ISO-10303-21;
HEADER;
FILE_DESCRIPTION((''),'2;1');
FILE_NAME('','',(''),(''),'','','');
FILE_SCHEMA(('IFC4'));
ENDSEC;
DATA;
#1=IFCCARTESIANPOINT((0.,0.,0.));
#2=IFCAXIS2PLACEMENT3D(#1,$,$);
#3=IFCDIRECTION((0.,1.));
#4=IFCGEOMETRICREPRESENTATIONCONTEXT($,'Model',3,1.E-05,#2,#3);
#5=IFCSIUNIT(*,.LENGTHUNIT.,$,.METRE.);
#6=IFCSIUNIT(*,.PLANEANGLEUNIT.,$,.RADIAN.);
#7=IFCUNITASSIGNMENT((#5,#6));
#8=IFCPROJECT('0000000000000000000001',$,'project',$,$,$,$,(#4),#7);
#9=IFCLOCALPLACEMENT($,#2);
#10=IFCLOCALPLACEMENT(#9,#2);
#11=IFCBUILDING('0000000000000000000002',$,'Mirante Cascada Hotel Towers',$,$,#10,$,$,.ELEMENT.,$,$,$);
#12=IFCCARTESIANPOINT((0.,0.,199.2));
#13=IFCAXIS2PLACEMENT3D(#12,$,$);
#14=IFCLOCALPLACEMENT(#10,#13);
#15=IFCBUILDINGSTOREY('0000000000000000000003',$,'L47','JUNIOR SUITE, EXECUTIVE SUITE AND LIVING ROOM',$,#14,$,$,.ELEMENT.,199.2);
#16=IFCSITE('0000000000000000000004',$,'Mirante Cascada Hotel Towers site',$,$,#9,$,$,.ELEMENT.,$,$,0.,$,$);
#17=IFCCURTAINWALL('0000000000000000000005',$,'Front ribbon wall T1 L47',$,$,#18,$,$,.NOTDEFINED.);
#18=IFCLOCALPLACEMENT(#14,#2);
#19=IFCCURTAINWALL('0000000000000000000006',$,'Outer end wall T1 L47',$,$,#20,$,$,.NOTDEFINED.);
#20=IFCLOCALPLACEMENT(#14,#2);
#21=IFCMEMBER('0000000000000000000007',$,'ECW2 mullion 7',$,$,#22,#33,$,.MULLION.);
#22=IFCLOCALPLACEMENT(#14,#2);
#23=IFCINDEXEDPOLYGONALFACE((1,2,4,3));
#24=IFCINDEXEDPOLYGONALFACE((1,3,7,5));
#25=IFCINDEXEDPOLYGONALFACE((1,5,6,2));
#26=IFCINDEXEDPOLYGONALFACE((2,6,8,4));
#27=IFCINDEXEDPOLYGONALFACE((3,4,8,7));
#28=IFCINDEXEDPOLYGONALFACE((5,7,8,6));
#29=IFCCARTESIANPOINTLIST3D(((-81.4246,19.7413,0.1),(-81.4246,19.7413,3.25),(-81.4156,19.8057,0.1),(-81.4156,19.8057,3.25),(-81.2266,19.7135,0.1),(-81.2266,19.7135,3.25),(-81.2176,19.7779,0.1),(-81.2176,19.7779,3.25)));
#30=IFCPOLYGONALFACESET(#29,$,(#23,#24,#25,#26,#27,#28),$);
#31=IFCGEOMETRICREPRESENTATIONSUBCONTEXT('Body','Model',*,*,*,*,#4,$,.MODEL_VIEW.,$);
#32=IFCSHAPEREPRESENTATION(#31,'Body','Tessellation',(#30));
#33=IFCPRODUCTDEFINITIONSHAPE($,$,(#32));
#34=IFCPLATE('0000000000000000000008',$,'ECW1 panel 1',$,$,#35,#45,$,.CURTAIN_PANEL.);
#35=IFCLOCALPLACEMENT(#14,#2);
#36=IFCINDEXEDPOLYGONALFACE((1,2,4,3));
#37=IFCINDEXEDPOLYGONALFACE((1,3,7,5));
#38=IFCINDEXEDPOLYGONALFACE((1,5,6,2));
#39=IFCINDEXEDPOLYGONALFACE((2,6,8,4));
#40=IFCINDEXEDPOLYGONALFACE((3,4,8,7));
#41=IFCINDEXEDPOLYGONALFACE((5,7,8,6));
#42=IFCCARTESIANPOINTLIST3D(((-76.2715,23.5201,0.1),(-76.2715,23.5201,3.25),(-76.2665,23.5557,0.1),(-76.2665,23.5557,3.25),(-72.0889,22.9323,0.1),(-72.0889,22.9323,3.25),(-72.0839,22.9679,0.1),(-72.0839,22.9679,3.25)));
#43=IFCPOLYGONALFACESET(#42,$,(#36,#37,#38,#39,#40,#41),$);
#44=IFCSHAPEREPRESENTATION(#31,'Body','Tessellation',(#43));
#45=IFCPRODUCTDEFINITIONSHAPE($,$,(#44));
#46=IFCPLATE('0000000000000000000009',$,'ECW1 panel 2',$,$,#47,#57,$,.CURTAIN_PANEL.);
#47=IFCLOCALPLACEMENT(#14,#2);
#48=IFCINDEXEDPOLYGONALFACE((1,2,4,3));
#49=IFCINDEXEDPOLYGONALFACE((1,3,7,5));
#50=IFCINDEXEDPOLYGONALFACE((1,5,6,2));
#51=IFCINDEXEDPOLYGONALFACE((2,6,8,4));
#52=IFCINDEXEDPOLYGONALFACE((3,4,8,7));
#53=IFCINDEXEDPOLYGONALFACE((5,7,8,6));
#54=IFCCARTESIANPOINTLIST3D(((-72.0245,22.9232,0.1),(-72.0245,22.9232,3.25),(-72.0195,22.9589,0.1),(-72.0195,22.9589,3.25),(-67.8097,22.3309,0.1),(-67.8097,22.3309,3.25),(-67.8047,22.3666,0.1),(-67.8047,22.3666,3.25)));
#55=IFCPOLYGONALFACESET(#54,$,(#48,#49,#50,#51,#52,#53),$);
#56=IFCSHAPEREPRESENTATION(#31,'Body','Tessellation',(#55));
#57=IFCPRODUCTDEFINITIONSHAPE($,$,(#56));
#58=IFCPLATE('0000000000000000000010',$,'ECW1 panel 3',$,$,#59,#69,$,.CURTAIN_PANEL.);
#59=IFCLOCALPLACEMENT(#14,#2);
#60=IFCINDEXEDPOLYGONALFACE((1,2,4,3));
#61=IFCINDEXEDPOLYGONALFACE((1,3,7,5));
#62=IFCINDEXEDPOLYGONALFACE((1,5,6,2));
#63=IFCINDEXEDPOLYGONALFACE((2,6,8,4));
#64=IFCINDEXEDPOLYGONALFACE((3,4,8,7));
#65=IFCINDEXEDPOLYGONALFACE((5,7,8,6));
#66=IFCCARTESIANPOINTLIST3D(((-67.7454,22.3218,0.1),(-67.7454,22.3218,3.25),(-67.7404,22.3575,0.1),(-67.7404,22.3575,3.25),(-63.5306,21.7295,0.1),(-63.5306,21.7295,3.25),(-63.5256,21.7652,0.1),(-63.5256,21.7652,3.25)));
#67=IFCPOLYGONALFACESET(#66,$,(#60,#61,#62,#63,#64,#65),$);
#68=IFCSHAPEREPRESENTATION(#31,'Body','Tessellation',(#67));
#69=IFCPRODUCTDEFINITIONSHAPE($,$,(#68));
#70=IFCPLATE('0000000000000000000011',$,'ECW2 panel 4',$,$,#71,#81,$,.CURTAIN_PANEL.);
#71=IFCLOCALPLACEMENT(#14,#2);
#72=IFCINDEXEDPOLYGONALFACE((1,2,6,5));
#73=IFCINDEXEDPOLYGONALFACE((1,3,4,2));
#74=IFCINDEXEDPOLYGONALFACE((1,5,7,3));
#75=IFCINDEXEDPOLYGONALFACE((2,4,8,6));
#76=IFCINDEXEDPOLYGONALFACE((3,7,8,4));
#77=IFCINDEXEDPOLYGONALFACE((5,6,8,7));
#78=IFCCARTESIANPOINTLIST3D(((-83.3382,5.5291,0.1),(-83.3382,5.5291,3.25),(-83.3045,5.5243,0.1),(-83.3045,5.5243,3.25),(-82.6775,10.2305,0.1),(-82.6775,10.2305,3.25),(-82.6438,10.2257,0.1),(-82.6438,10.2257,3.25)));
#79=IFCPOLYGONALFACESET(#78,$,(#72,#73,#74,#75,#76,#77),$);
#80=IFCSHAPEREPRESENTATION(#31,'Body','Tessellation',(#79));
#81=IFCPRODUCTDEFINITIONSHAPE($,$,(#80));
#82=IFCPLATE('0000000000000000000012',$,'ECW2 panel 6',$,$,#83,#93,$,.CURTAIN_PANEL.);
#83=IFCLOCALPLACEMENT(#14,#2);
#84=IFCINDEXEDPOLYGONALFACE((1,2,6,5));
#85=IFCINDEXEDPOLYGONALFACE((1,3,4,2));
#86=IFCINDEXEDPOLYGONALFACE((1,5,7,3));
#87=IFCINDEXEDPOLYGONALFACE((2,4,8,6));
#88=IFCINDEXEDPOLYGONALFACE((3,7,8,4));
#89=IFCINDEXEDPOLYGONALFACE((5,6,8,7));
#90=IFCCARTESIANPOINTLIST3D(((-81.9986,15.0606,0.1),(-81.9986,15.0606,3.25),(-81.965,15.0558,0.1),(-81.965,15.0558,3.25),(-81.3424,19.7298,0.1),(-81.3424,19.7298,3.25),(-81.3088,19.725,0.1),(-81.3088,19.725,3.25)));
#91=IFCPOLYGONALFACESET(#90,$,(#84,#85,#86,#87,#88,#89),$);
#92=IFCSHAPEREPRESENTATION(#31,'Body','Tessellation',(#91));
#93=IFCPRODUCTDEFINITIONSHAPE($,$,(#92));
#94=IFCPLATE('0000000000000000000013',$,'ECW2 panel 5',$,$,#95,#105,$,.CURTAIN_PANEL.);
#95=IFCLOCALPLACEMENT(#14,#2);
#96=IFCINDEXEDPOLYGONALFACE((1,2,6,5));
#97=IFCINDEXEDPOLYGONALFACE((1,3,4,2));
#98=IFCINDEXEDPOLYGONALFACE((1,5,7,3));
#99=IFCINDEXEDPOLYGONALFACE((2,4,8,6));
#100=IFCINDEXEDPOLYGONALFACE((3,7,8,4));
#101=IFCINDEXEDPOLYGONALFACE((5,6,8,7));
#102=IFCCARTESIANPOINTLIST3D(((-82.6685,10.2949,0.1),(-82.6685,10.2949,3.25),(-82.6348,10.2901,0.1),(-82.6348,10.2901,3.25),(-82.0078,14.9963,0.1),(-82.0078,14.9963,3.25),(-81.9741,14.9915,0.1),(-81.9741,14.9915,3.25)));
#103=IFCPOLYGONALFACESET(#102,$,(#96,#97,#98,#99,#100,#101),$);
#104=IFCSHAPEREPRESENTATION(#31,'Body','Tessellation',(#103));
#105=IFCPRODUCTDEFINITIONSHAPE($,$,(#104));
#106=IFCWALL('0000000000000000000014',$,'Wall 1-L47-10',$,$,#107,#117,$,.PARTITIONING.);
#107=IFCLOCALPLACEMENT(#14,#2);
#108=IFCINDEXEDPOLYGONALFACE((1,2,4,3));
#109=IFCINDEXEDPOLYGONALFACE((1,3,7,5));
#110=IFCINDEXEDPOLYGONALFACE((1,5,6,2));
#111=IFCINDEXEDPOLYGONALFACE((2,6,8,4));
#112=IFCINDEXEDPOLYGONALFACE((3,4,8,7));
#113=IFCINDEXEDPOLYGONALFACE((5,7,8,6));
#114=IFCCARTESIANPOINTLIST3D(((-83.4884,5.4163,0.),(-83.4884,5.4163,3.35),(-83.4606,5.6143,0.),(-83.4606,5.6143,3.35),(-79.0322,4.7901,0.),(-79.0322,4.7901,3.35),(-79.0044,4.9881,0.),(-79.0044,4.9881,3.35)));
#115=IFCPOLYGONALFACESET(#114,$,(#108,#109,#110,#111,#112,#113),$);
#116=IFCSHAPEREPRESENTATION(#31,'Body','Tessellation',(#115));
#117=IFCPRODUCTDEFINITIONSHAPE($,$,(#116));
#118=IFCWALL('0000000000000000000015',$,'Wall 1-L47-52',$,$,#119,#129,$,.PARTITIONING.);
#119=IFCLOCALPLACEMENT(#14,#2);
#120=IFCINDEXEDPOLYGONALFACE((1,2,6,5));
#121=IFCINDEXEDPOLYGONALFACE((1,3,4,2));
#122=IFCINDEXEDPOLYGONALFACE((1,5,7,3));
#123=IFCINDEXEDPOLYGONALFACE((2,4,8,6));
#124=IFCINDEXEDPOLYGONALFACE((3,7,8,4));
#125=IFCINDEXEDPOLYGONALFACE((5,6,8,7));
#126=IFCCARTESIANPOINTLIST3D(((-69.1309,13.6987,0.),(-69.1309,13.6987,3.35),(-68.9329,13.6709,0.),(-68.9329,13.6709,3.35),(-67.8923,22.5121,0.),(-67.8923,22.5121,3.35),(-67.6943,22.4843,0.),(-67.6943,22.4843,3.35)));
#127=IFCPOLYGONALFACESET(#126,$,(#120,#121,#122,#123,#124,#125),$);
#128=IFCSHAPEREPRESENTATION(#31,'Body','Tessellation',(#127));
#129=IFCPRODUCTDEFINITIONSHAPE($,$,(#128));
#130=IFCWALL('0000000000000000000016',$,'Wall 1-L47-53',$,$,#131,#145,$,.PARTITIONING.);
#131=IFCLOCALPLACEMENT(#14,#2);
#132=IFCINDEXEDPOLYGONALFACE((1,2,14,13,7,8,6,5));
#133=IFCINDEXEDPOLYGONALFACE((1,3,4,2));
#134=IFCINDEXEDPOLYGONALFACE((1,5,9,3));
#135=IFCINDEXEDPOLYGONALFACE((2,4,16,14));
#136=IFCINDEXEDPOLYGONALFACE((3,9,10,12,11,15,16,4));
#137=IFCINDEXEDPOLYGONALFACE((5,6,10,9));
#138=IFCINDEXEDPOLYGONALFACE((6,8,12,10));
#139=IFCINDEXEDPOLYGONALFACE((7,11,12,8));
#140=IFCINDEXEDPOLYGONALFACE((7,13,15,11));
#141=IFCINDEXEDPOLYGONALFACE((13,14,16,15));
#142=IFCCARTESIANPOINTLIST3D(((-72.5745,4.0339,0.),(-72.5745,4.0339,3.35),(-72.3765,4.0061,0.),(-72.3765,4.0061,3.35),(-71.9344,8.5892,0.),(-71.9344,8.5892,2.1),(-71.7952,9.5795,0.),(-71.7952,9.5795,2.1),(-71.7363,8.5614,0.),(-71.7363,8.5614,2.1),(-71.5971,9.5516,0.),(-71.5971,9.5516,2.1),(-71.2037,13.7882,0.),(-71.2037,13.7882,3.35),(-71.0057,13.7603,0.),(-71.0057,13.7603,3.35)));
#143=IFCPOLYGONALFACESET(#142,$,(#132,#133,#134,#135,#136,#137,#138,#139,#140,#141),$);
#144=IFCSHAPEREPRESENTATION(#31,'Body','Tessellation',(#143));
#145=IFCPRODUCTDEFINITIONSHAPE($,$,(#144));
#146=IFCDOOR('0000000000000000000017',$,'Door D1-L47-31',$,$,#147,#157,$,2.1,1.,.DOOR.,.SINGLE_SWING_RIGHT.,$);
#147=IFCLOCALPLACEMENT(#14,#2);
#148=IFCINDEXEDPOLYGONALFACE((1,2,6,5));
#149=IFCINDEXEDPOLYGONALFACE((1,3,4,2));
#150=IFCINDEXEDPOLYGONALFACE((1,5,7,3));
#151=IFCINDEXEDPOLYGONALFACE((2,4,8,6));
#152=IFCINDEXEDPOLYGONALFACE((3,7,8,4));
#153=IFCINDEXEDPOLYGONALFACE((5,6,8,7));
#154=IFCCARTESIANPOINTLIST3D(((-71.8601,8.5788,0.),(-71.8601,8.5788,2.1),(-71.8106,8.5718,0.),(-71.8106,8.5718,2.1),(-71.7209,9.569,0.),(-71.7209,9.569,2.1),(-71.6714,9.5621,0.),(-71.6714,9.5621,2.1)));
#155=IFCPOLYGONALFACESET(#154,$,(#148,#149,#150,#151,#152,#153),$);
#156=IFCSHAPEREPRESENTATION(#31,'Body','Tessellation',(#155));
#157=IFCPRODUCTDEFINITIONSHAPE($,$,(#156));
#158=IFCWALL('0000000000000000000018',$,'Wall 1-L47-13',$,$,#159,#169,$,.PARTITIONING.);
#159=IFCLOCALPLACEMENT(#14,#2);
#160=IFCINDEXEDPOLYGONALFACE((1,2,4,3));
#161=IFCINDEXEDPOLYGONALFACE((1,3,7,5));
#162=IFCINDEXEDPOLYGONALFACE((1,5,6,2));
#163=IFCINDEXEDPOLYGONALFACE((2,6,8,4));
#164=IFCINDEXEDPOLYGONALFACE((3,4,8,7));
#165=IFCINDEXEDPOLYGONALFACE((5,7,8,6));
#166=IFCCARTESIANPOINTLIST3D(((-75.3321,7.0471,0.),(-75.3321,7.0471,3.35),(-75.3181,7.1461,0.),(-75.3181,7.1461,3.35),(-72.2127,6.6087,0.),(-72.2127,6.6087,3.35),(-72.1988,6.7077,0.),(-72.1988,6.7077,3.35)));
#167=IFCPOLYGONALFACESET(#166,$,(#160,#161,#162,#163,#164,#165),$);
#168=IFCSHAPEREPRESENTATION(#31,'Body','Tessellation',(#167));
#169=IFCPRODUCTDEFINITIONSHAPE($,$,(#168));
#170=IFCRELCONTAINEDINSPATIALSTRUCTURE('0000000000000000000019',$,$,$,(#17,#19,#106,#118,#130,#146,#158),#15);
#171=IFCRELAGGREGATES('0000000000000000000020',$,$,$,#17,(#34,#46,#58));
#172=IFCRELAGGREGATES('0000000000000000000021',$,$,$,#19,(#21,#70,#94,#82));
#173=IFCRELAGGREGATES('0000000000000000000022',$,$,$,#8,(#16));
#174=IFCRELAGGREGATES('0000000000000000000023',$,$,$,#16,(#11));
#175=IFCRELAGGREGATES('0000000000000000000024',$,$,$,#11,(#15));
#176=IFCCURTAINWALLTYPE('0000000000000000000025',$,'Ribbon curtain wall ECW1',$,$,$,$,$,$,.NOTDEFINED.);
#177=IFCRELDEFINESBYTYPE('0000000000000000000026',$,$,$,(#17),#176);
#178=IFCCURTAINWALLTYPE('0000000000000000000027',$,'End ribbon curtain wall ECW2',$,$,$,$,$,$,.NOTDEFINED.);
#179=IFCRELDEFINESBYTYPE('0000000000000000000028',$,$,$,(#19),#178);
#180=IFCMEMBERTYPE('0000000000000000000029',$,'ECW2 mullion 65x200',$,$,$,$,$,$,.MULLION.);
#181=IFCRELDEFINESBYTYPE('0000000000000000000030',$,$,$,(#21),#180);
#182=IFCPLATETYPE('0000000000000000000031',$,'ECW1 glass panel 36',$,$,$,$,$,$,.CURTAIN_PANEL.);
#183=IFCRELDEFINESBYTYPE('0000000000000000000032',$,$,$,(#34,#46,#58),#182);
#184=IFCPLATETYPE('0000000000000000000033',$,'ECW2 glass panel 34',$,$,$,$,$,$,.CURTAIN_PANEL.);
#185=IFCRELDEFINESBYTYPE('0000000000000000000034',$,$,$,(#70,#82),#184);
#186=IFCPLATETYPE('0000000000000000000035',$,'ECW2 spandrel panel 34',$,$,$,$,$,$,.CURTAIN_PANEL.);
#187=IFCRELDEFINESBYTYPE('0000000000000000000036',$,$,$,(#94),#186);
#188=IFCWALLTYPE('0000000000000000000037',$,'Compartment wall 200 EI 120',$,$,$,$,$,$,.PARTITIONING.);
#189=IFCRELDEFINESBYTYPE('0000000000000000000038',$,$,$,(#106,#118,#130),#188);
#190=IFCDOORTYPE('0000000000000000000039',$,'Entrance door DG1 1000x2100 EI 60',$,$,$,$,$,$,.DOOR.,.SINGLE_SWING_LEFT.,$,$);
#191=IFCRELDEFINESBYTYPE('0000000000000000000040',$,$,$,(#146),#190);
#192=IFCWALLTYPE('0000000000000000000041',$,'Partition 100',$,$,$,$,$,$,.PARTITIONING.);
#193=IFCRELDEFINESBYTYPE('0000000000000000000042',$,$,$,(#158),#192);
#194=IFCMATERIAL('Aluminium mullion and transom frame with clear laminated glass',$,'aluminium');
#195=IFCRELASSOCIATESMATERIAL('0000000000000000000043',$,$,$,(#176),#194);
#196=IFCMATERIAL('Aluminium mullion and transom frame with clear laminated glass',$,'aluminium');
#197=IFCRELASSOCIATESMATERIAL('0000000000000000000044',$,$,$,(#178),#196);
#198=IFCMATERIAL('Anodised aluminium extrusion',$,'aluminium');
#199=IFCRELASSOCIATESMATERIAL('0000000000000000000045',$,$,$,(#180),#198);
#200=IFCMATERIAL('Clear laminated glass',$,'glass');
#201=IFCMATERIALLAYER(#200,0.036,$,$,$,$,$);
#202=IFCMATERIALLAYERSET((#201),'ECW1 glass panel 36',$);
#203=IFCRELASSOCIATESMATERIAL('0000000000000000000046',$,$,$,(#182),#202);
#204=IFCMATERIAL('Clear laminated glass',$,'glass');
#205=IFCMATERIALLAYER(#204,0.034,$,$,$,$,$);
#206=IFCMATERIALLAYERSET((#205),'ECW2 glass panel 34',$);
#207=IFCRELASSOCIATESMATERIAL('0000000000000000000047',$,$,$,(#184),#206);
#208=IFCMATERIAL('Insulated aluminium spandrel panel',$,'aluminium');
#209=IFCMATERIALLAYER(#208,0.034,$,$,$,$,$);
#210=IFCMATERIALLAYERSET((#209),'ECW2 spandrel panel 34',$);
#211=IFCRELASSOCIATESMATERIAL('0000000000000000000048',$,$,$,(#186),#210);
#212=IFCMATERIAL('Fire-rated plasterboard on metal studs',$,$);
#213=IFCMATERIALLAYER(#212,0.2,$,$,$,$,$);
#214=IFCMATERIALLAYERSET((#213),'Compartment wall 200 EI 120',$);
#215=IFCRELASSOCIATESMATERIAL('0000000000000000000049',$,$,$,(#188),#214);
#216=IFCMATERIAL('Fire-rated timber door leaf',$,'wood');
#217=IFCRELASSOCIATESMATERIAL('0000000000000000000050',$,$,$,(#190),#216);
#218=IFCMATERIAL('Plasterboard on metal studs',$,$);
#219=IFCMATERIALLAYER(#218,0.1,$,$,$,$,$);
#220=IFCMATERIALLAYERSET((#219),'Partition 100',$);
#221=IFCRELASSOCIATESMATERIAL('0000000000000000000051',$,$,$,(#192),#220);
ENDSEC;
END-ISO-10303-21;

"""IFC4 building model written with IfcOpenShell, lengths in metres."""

from ifc_helpers import new_model, si_unit, direction, frame, frame_2d, origin, origin_2d, place, context, subcontext, project, spatial, rectangle, extrude, material, layer, layer_set, material_profile, profile_set, type_object, element, fill, aggregate, save


model = new_model("IFC4")

# Units and contexts
model_context = context("Model", 3, precision=1e-05, world=origin(), true_north=direction((0.0, 1.0)))
body_context = subcontext(model_context, "Body", "Model", "MODEL_VIEW")
ifc_project = project(units=[si_unit("LENGTHUNIT", "METRE"), si_unit("PLANEANGLEUNIT", "RADIAN")], contexts=[model_context])

# Site, building, storey
site_placement = place(None, origin())
site = spatial("IfcSite", under=ifc_project, at=site_placement, Name="Mirante Cascada Hotel Towers site", CompositionType="ELEMENT", RefElevation=0.0)
building_placement = place(site_placement, origin())
building = spatial("IfcBuilding", under=site, at=building_placement, Name="Mirante Cascada Hotel Towers", CompositionType="ELEMENT")
storey_placement = place(building_placement, frame((0.0, 0.0, 199.2)))
storey = spatial("IfcBuildingStorey", under=building, at=storey_placement, Name="L47", Description="JUNIOR SUITE, EXECUTIVE SUITE AND LIVING ROOM", CompositionType="ELEMENT", Elevation=199.2)

# Curtain walls, member
ifc_material_1 = material(Name="Aluminium mullion and transom frame with clear laminated glass", Category="aluminium")
curtain_wall_type_1 = type_object("IfcCurtainWallType", Name="Ribbon curtain wall ECW1", PredefinedType="NOTDEFINED", material=ifc_material_1)
curtain_wall_1_placement = place(storey_placement, origin())
curtain_wall_1 = element("IfcCurtainWall", 1, at=curtain_wall_1_placement, inside=storey, type_object=curtain_wall_type_1, Name="Front ribbon wall T1 L47", PredefinedType="NOTDEFINED")
ifc_material_2 = material(Name="Aluminium mullion and transom frame with clear laminated glass", Category="aluminium")
curtain_wall_type_2 = type_object("IfcCurtainWallType", Name="End ribbon curtain wall ECW2", PredefinedType="NOTDEFINED", material=ifc_material_2)
curtain_wall_2_placement = place(storey_placement, origin())
curtain_wall_2 = element("IfcCurtainWall", 2, at=curtain_wall_2_placement, inside=storey, type_object=curtain_wall_type_2, Name="Outer end wall T1 L47", PredefinedType="NOTDEFINED")
ifc_material_3 = material(Name="Anodised aluminium extrusion", Category="aluminium")
ifc_material_profile_1 = material_profile(ifc_material_3, rectangle(XDim=0.2, YDim=0.065, at=origin_2d()), Name="ECW2 MULLION 65x200")
ifc_profile_set_1 = profile_set([ifc_material_profile_1], Name="Anodised aluminium extrusion")
member_type_1 = type_object("IfcMemberType", Name="ECW2 mullion 65x200", PredefinedType="MULLION", material=ifc_profile_set_1)
member_1_placement = place(storey_placement, frame((-81.3211, 19.7596, 0.1), z_axis=(0.0, 0.0, 1.0), x_axis=(-0.990268, 0.139173, 0.0)))
member_1 = element("IfcMember", 3, at=member_1_placement, type_object=member_type_1, Name="ECW2 mullion 7", PredefinedType="MULLION", context=body_context, shape_type="SweptSolid", body=[
    extrude(rectangle(XDim=0.2, YDim=0.065, at=origin_2d()), origin(), (0.0, 0.0, 1.0), 3.15),
])

# Plates
ifc_material_4 = material(Name="Clear laminated glass", Category="glass")
ifc_layer_1 = layer(ifc_material_4, 0.036)
ifc_layer_set_1 = layer_set([ifc_layer_1], Name="ECW1 glass panel 36")
plate_type_1 = type_object("IfcPlateType", Name="ECW1 glass panel 36", PredefinedType="CURTAIN_PANEL", material=ifc_layer_set_1)
plate_1_placement = place(storey_placement, frame((-74.1777, 23.244, 0.1), z_axis=(0.0, 0.0, 1.0), x_axis=(0.990268, -0.139173, 0.0)))
plate_1 = element("IfcPlate", 4, at=plate_1_placement, type_object=plate_type_1, Name="ECW1 panel 1", PredefinedType="CURTAIN_PANEL", context=body_context, shape_type="SweptSolid", body=[
    extrude(rectangle(XDim=4.2237, YDim=0.036, at=origin_2d()), origin(), (0.0, 0.0, 1.0), 3.15),
])
plate_2_placement = place(storey_placement, frame((-69.9146, 22.6449, 0.1), z_axis=(0.0, 0.0, 1.0), x_axis=(0.990268, -0.139173, 0.0)))
plate_2 = element("IfcPlate", 5, at=plate_2_placement, type_object=plate_type_1, Name="ECW1 panel 2", PredefinedType="CURTAIN_PANEL", context=body_context, shape_type="SweptSolid", body=[
    extrude(rectangle(XDim=4.2562, YDim=0.036, at=origin_2d()), origin(), (0.0, 0.0, 1.0), 3.15),
])
plate_3_placement = place(storey_placement, frame((-65.6355, 22.0435, 0.1), z_axis=(0.0, 0.0, 1.0), x_axis=(0.990268, -0.139173, 0.0)))
plate_3 = element("IfcPlate", 6, at=plate_3_placement, type_object=plate_type_1, Name="ECW1 panel 3", PredefinedType="CURTAIN_PANEL", context=body_context, shape_type="SweptSolid", body=[
    extrude(rectangle(XDim=4.2562, YDim=0.036, at=origin_2d()), origin(), (0.0, 0.0, 1.0), 3.15),
])
aggregate(curtain_wall_1, [plate_1, plate_2, plate_3])
ifc_material_5 = material(Name="Clear laminated glass", Category="glass")
ifc_layer_2 = layer(ifc_material_5, 0.034)
ifc_layer_set_2 = layer_set([ifc_layer_2], Name="ECW2 glass panel 34")
plate_type_2 = type_object("IfcPlateType", Name="ECW2 glass panel 34", PredefinedType="CURTAIN_PANEL", material=ifc_layer_set_2)
plate_4_placement = place(storey_placement, frame((-82.991, 7.8774, 0.1), z_axis=(0.0, 0.0, 1.0), x_axis=(0.139173, 0.990268, 0.0)))
plate_4 = element("IfcPlate", 7, at=plate_4_placement, type_object=plate_type_2, Name="ECW2 panel 4", PredefinedType="CURTAIN_PANEL", context=body_context, shape_type="SweptSolid", body=[
    extrude(rectangle(XDim=4.7476, YDim=0.034, at=origin_2d()), origin(), (0.0, 0.0, 1.0), 3.15),
])
plate_5_placement = place(storey_placement, frame((-81.6537, 17.3928, 0.1), z_axis=(0.0, 0.0, 1.0), x_axis=(0.139173, 0.990268, 0.0)))
plate_5 = element("IfcPlate", 8, at=plate_5_placement, type_object=plate_type_2, Name="ECW2 panel 6", PredefinedType="CURTAIN_PANEL", context=body_context, shape_type="SweptSolid", body=[
    extrude(rectangle(XDim=4.7151, YDim=0.034, at=origin_2d()), origin(), (0.0, 0.0, 1.0), 3.15),
])
ifc_material_6 = material(Name="Insulated aluminium spandrel panel", Category="aluminium")
ifc_layer_3 = layer(ifc_material_6, 0.034)
ifc_layer_set_3 = layer_set([ifc_layer_3], Name="ECW2 spandrel panel 34")
plate_type_3 = type_object("IfcPlateType", Name="ECW2 spandrel panel 34", PredefinedType="CURTAIN_PANEL", material=ifc_layer_set_3)
plate_6_placement = place(storey_placement, frame((-82.3213, 12.6432, 0.1), z_axis=(0.0, 0.0, 1.0), x_axis=(0.139173, 0.990268, 0.0)))
plate_6 = element("IfcPlate", 9, at=plate_6_placement, type_object=plate_type_3, Name="ECW2 panel 5", PredefinedType="CURTAIN_PANEL", context=body_context, shape_type="SweptSolid", body=[
    extrude(rectangle(XDim=4.7476, YDim=0.034, at=origin_2d()), origin(), (0.0, 0.0, 1.0), 3.15),
])
aggregate(curtain_wall_2, [member_1, plate_4, plate_6, plate_5])

# Walls
ifc_material_7 = material(Name="Fire-rated plasterboard on metal studs")
ifc_layer_4 = layer(ifc_material_7, 0.2)
ifc_layer_set_4 = layer_set([ifc_layer_4], Name="Compartment wall 200 EI 120")
wall_type_1 = type_object("IfcWallType", Name="Compartment wall 200 EI 120", PredefinedType="PARTITIONING", material=ifc_layer_set_4)
wall_1_placement = place(storey_placement, frame((-79.0183, 4.8891, 0.0), z_axis=(0.0, 0.0, 1.0), x_axis=(-0.990271, 0.139156, 0.0)))
element("IfcWall", 10, at=wall_1_placement, inside=storey, type_object=wall_type_1, Name="Wall 1-L47-10", PredefinedType="PARTITIONING", context=body_context, shape_type="SweptSolid", body=[
    extrude(rectangle(XDim=4.5, YDim=0.2, at=frame_2d((2.25, 0.0))), origin(), (0.0, 0.0, 1.0), 3.35),
])
wall_2_placement = place(storey_placement, frame((-69.0319, 13.6848, 0.0), z_axis=(0.0, 0.0, 1.0), x_axis=(0.139168, 0.990269, 0.0)))
element("IfcWall", 11, at=wall_2_placement, inside=storey, type_object=wall_type_1, Name="Wall 1-L47-52", PredefinedType="PARTITIONING", context=body_context, shape_type="SweptSolid", body=[
    extrude(rectangle(XDim=8.9, YDim=0.2, at=frame_2d((4.45, 0.0))), origin(), (0.0, 0.0, 1.0), 3.35),
])

# Wall, opening, door
wall_3_placement = place(storey_placement, frame((-71.1047, 13.7742, 0.0), z_axis=(0.0, 0.0, 1.0), x_axis=(-0.139167, -0.990269, 0.0)))
wall_3 = element("IfcWall", 12, at=wall_3_placement, inside=storey, type_object=wall_type_1, Name="Wall 1-L47-53", PredefinedType="PARTITIONING", context=body_context, shape_type="SweptSolid", body=[
    extrude(rectangle(XDim=9.8501, YDim=0.2, at=frame_2d((4.925, 0.0))), origin(), (0.0, 0.0, 1.0), 3.35),
])
opening_1_placement = place(wall_3_placement, frame((4.25, 0.0, 0.0)))
opening_1 = element("IfcOpeningElement", 13, at=opening_1_placement, cuts=wall_3, PredefinedType="OPENING", context=body_context, shape_type="SweptSolid", body=[
    extrude(rectangle(XDim=1.0, YDim=2.1, at=frame_2d((0.5, 1.05))), frame((0.0, 0.1, 0.0), z_axis=(0.0, -1.0, 0.0), x_axis=(1.0, 0.0, 0.0)), (0.0, 0.0, 1.0), 0.2),
])
ifc_material_8 = material(Name="Fire-rated timber door leaf", Category="wood")
door_type = type_object("IfcDoorType", Name="Entrance door DG1 1000x2100 EI 60", OperationType="SINGLE_SWING_LEFT", PredefinedType="DOOR", material=ifc_material_8)
door_placement = place(opening_1_placement, frame((1.0, 0.0, 0.0), z_axis=(0.0, 0.0, 1.0), x_axis=(-1.0, 0.0, 0.0)))
door = element("IfcDoor", 14, at=door_placement, inside=storey, type_object=door_type, Name="Door D1-L47-31", OperationType="SINGLE_SWING_RIGHT", OverallHeight=2.1, OverallWidth=1.0, PredefinedType="DOOR", context=body_context, shape_type="SweptSolid", body=[
    extrude(rectangle(XDim=1.0, YDim=2.1, at=frame_2d((0.5, 1.05))), frame((0.0, 0.025, 0.0), z_axis=(0.0, -1.0, 0.0), x_axis=(1.0, 0.0, 0.0)), (0.0, 0.0, 1.0), 0.05),
])
fill(opening_1, door)

# Wall
ifc_material_9 = material(Name="Plasterboard on metal studs")
ifc_layer_5 = layer(ifc_material_9, 0.1)
ifc_layer_set_5 = layer_set([ifc_layer_5], Name="Partition 100")
wall_type_2 = type_object("IfcWallType", Name="Partition 100", PredefinedType="PARTITIONING", material=ifc_layer_set_5)
wall_4_placement = place(storey_placement, frame((-75.3251, 7.0966, 0.0), z_axis=(0.0, 0.0, 1.0), x_axis=(0.990268, -0.139177, 0.0)))
element("IfcWall", 15, at=wall_4_placement, inside=storey, type_object=wall_type_2, Name="Wall 1-L47-13", PredefinedType="PARTITIONING", context=body_context, shape_type="SweptSolid", body=[
    extrude(rectangle(XDim=3.15, YDim=0.1, at=frame_2d((1.575, 0.0))), origin(), (0.0, 0.0, 1.0), 3.35),
])

save(model, "model.ifc")
